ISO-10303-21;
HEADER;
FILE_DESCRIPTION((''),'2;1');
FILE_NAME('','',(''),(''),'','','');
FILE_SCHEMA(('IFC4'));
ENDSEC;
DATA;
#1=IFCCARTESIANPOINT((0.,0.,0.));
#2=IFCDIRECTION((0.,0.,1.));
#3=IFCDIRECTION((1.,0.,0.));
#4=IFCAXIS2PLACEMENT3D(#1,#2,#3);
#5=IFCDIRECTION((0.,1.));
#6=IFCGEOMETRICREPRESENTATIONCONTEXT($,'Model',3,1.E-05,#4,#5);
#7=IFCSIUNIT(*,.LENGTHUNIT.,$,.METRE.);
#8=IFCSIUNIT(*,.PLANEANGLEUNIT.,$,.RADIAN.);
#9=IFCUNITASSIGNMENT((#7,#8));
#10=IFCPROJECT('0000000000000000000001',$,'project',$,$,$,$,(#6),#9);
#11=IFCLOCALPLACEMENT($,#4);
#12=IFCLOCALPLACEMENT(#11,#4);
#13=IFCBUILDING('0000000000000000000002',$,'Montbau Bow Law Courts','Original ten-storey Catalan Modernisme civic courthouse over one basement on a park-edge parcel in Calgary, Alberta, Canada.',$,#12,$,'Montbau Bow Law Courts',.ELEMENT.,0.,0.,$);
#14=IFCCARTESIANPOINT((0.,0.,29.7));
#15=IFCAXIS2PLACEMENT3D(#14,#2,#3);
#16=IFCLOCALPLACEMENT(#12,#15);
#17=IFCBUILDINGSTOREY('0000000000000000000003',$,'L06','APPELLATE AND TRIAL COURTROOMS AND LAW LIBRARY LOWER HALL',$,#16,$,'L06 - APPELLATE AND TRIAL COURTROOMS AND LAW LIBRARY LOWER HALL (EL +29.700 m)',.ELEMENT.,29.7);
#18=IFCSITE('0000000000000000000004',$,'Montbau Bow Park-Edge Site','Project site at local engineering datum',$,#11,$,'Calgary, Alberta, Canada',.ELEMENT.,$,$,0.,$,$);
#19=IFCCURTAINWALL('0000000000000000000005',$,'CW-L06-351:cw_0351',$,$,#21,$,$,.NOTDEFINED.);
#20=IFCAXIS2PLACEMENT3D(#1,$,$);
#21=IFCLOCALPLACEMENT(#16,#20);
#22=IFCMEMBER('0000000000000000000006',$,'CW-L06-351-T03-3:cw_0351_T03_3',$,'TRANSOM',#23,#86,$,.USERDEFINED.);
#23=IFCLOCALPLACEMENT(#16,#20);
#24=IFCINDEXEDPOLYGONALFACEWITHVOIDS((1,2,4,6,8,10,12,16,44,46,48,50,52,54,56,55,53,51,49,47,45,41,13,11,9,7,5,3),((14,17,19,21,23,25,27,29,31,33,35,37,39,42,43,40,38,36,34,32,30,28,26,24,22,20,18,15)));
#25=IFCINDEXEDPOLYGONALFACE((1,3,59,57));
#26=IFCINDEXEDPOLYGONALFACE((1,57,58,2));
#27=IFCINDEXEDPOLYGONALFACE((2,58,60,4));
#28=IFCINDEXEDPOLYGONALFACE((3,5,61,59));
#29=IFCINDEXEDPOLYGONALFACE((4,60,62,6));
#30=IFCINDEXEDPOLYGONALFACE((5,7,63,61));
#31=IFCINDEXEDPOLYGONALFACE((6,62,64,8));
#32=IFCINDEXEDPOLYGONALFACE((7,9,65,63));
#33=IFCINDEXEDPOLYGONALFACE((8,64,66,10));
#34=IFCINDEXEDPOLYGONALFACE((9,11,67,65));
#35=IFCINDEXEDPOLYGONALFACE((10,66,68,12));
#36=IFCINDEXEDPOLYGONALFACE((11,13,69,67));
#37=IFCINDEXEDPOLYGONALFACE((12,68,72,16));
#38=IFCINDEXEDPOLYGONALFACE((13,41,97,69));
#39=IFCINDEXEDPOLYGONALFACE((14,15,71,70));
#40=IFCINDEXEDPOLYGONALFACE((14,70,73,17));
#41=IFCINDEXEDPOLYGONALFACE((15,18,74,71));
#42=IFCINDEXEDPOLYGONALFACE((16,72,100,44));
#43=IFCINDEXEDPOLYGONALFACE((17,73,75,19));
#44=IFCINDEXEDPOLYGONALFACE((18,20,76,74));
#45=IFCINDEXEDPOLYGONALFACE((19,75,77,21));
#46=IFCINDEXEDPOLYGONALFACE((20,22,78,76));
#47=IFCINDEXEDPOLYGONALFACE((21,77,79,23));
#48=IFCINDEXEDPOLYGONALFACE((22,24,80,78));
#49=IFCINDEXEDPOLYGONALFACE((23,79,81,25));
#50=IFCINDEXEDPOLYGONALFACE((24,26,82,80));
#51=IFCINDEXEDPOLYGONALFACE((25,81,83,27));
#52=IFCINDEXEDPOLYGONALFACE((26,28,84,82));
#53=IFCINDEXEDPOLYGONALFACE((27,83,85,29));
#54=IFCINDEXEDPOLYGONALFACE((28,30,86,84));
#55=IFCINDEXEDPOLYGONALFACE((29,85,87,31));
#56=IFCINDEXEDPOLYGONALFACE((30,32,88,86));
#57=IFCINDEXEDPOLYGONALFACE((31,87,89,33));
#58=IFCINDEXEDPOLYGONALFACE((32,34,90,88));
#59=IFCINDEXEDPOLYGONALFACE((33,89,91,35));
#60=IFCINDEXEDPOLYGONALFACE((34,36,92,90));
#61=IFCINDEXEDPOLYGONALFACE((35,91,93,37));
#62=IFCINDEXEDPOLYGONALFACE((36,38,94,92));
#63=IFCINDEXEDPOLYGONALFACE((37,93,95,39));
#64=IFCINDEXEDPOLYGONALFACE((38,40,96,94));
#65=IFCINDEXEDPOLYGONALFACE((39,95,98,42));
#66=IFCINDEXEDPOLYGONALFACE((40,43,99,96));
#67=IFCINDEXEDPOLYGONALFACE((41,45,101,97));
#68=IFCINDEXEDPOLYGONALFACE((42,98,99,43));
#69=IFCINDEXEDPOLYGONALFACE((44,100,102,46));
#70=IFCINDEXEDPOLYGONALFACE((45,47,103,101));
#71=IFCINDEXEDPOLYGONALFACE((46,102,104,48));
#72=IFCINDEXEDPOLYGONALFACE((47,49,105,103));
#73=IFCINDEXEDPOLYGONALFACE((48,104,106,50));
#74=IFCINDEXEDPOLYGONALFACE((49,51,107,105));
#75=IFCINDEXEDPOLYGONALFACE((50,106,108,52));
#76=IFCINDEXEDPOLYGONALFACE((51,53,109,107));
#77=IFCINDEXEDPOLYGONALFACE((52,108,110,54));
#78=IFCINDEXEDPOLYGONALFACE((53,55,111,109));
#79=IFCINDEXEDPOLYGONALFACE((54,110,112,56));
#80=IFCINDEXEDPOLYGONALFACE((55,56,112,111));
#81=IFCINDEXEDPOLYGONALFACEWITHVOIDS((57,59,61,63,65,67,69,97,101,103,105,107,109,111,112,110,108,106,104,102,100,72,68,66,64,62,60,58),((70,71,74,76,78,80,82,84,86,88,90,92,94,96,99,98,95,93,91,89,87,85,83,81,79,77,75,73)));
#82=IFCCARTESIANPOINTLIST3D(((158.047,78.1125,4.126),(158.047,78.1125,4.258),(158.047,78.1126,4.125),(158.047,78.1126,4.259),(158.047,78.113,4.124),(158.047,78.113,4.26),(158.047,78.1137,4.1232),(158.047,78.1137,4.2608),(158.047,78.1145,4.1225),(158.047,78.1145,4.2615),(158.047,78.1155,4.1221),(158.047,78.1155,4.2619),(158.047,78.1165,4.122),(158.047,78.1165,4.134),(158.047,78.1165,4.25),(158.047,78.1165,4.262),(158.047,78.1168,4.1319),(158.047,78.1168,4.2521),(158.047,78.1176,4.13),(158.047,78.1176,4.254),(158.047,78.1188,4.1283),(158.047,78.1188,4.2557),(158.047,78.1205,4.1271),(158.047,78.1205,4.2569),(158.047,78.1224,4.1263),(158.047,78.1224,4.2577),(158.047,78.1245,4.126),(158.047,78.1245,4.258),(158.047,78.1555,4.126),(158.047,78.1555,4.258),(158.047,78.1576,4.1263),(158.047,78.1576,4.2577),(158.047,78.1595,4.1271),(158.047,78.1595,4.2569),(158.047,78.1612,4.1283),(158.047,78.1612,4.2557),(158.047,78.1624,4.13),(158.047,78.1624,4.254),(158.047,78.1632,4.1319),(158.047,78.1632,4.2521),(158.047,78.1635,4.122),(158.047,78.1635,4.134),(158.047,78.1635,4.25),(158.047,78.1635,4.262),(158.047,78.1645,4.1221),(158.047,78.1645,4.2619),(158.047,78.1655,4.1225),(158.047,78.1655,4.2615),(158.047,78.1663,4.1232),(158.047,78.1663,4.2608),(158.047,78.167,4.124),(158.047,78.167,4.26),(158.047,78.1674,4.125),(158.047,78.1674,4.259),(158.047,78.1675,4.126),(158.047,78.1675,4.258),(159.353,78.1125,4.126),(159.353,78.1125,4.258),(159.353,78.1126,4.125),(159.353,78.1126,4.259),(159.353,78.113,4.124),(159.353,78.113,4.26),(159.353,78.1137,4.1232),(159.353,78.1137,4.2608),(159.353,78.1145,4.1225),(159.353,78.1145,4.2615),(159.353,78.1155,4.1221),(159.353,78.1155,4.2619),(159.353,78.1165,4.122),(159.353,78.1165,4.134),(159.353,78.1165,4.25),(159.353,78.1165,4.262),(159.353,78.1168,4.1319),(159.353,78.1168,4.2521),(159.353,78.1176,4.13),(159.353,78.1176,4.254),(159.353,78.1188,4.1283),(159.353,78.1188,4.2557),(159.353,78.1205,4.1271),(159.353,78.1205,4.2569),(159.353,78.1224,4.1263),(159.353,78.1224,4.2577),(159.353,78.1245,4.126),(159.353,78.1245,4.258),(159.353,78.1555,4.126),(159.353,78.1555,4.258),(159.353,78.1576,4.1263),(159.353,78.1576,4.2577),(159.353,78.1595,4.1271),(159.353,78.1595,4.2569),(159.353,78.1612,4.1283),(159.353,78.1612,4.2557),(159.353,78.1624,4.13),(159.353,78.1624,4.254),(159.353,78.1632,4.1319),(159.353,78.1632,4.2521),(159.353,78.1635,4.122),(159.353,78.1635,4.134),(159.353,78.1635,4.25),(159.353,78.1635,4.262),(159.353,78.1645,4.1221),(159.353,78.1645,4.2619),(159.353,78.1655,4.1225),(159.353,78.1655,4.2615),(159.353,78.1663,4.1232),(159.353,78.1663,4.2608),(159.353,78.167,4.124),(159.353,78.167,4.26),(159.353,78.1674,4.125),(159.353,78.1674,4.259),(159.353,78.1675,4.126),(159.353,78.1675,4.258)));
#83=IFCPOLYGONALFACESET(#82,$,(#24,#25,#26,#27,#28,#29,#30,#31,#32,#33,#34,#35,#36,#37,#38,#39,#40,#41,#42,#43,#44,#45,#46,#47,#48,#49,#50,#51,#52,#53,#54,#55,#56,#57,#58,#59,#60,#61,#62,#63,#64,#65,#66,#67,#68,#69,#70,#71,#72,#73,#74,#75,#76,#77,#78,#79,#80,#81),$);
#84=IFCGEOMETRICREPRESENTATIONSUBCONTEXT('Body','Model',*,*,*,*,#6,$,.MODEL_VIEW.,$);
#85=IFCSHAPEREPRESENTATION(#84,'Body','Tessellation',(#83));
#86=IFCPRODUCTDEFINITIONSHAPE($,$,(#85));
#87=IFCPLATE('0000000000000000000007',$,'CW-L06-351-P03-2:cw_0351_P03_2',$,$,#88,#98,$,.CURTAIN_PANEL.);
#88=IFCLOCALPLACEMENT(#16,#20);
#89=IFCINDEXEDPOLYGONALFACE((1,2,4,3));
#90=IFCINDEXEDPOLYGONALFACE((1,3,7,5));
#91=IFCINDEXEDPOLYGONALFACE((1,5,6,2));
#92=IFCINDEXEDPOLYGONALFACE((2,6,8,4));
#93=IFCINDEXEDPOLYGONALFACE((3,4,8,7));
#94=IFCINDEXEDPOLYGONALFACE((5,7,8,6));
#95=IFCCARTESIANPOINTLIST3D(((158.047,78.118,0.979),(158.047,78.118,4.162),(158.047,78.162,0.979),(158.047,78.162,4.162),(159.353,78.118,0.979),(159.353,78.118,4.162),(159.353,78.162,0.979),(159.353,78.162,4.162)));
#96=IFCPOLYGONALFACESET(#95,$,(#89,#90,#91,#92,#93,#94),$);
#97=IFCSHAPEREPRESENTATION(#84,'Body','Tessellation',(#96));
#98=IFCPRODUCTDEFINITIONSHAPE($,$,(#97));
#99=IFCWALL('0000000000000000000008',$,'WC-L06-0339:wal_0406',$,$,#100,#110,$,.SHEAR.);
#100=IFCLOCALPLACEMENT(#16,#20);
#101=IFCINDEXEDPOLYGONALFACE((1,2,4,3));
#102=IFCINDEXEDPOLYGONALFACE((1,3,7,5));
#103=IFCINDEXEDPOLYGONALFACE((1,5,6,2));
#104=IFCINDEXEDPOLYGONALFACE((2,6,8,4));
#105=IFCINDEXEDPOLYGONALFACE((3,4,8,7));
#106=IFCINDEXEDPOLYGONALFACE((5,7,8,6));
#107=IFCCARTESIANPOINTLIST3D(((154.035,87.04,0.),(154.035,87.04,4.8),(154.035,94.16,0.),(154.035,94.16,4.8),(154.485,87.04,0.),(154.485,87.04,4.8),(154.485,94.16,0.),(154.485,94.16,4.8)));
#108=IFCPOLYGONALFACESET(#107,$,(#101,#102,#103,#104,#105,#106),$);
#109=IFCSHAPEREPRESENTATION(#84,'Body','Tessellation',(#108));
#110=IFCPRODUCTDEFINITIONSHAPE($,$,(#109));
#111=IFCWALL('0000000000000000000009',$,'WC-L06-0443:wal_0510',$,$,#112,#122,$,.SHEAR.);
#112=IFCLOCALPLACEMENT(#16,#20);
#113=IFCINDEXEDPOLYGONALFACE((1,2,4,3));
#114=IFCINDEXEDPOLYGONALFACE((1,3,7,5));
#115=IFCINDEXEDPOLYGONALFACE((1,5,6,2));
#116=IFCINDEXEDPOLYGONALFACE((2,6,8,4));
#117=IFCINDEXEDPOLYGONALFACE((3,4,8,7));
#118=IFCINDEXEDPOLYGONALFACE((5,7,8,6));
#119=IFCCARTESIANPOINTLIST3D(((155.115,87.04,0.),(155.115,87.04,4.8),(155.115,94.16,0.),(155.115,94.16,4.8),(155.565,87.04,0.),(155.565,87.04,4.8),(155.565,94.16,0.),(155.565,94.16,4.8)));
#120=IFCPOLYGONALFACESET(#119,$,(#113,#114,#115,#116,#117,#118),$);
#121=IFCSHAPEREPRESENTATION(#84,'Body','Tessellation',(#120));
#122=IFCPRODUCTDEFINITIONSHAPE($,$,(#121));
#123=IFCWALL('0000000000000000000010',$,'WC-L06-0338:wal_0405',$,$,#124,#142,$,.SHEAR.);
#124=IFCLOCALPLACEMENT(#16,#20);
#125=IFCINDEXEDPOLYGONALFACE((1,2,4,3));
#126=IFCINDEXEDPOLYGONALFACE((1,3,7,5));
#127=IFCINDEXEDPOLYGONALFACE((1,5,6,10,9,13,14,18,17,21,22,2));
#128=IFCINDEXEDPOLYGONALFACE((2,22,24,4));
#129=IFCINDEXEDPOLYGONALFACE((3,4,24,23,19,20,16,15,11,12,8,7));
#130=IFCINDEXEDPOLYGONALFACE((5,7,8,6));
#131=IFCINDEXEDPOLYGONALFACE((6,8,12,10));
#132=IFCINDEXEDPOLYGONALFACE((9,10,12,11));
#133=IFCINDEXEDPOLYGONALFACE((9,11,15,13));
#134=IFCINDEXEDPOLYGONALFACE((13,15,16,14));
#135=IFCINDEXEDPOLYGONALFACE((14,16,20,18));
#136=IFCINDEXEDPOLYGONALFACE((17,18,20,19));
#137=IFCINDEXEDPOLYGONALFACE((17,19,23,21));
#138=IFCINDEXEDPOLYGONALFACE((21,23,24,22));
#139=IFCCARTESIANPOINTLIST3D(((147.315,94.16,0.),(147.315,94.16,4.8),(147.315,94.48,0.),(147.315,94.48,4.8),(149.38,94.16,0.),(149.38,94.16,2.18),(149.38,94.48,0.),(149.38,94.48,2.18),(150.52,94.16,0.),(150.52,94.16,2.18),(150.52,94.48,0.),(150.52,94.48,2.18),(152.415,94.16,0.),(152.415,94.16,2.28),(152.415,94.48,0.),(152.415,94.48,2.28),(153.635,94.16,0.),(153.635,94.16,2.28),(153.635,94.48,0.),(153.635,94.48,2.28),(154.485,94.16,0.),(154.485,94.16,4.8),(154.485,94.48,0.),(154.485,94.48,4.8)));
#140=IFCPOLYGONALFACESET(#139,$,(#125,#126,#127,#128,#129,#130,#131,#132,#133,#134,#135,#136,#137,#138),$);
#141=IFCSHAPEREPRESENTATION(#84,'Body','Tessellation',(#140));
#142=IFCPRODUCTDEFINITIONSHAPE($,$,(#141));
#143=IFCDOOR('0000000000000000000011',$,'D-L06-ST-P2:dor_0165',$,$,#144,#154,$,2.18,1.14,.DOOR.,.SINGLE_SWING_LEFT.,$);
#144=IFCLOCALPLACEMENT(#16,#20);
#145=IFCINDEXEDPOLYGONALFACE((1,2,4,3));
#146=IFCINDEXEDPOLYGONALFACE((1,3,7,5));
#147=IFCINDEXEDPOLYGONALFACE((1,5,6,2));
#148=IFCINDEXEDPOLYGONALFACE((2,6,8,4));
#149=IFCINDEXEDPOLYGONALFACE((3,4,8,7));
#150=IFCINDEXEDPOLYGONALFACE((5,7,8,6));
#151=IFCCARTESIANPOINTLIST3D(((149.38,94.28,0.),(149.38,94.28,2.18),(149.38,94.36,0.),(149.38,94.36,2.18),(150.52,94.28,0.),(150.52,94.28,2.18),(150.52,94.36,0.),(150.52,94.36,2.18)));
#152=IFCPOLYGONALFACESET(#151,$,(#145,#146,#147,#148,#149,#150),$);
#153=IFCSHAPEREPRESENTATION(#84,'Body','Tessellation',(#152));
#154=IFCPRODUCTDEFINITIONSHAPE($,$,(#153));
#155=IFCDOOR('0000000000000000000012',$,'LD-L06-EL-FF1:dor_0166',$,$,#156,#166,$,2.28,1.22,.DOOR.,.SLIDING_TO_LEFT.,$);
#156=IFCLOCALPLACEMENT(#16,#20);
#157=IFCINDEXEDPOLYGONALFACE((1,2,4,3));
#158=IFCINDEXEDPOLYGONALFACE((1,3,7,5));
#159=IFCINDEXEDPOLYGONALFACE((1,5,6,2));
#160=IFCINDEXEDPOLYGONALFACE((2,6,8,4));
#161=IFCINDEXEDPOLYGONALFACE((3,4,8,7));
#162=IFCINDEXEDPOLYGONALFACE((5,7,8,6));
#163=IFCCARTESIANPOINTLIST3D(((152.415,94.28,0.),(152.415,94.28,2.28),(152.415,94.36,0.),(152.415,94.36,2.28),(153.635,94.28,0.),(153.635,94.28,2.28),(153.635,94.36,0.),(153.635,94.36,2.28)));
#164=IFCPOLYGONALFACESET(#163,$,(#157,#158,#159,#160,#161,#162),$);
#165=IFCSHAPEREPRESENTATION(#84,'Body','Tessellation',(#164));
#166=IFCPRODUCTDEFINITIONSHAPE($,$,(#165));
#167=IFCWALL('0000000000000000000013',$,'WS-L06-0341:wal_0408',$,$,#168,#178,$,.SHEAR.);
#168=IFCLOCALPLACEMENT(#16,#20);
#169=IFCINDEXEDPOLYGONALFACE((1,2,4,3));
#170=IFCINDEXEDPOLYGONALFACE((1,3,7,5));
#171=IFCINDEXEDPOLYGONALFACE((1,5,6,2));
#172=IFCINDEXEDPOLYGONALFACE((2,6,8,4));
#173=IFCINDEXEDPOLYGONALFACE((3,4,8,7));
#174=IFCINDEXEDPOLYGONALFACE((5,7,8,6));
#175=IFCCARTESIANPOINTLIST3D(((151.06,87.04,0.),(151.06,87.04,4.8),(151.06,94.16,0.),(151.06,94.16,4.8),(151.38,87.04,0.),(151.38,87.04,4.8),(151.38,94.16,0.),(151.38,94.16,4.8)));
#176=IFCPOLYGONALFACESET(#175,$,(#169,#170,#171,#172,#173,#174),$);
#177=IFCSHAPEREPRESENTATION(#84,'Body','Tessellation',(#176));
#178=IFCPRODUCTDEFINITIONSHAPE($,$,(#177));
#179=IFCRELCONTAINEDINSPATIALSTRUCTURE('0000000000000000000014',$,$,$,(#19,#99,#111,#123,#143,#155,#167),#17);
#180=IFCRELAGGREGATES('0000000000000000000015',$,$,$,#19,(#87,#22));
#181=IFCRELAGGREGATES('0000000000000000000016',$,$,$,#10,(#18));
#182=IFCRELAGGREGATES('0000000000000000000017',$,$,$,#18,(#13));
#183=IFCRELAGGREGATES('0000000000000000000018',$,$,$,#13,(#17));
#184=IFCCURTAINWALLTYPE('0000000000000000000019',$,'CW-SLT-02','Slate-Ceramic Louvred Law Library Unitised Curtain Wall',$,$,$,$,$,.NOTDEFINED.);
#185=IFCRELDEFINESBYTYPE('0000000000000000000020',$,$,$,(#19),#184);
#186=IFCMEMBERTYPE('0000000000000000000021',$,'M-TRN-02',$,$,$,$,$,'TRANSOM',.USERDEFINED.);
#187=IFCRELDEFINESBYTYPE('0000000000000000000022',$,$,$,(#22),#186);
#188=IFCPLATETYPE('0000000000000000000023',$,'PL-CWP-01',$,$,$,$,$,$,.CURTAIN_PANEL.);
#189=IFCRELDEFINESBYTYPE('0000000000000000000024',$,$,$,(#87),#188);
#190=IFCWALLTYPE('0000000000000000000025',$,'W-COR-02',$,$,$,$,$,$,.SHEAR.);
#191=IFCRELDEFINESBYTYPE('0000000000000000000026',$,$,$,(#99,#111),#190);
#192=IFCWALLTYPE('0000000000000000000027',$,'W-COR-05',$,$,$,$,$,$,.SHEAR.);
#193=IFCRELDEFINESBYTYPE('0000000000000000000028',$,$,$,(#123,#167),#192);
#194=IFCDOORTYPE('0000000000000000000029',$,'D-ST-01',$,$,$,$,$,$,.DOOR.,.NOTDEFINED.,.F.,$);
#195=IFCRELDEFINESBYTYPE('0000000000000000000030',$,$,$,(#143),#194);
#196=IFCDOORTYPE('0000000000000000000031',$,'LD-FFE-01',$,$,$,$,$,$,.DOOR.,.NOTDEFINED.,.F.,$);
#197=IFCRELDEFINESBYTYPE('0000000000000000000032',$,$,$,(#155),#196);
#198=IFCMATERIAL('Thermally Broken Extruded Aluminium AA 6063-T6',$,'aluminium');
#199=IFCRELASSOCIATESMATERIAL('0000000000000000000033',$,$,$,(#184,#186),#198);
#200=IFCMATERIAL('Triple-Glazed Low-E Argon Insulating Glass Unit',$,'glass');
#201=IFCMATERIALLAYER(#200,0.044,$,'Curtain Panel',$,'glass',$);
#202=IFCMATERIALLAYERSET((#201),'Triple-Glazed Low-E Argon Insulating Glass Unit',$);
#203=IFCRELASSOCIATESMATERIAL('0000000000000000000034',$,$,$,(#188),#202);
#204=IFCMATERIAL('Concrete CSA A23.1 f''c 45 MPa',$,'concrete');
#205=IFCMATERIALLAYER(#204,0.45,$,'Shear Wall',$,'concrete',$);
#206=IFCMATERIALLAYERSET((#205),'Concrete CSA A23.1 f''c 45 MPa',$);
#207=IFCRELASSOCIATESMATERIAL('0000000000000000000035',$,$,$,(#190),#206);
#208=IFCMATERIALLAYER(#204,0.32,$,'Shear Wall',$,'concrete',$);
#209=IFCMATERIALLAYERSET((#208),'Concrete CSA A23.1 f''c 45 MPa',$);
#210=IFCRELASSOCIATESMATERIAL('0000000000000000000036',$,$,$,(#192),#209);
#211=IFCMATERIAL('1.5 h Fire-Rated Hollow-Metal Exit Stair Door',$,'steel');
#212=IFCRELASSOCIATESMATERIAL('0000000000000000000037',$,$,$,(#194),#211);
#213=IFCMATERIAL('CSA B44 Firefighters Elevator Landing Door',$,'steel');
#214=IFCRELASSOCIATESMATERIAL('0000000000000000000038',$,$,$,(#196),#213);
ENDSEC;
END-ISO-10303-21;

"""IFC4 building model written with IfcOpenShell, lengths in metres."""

from ifc_helpers import new_model, si_unit, direction, frame, frame_2d, origin_with_axes, origin_2d_with_axis, place, context, subcontext, project, spatial, rectangle, hollow_rectangle, extrude, material, layer, layer_set, material_profile, profile_set, type_object, element, fill, aggregate, save


model = new_model("IFC4")

# Units and contexts
model_context = context("Model", 3, precision=1e-05, world=origin_with_axes(), true_north=direction((0.0, 1.0)))
body_context = subcontext(model_context, "Body", "Model", "MODEL_VIEW")
ifc_project = project(units=[si_unit("LENGTHUNIT", "METRE"), si_unit("PLANEANGLEUNIT", "RADIAN")], contexts=[model_context])

# Site, building, storey
site_placement = place(None, origin_with_axes())
site = spatial("IfcSite", under=ifc_project, at=site_placement, Name="Montbau Bow Park-Edge Site", Description="Project site at local engineering datum", LongName="Calgary, Alberta, Canada", CompositionType="ELEMENT", RefElevation=0.0)
building_placement = place(site_placement, origin_with_axes())
building = spatial("IfcBuilding", under=site, at=building_placement, Name="Montbau Bow Law Courts", Description="Original ten-storey Catalan Modernisme civic courthouse over one basement on a park-edge parcel in Calgary, Alberta, Canada.", LongName="Montbau Bow Law Courts", CompositionType="ELEMENT", ElevationOfRefHeight=0.0, ElevationOfTerrain=0.0)
storey_placement = place(building_placement, frame((0.0, 0.0, 29.7), z_axis=(0.0, 0.0, 1.0), x_axis=(1.0, 0.0, 0.0)))
storey = spatial("IfcBuildingStorey", under=building, at=storey_placement, Name="L06", Description="APPELLATE AND TRIAL COURTROOMS AND LAW LIBRARY LOWER HALL", LongName="L06 - APPELLATE AND TRIAL COURTROOMS AND LAW LIBRARY LOWER HALL (EL +29.700 m)", CompositionType="ELEMENT", Elevation=29.7)

# Curtain wall, member, plate
ifc_material_1 = material(Name="Thermally Broken Extruded Aluminium AA 6063-T6", Category="aluminium")
curtain_wall_type = type_object("IfcCurtainWallType", Name="CW-SLT-02", Description="Slate-Ceramic Louvred Law Library Unitised Curtain Wall", PredefinedType="NOTDEFINED", material=ifc_material_1)
curtain_wall_placement = place(None, frame((155.24, 78.14, 29.7), z_axis=(0.0, 0.0, 1.0), x_axis=(1.0, 0.0, 0.0)))
curtain_wall = element("IfcCurtainWall", 1, at=curtain_wall_placement, inside=storey, type_object=curtain_wall_type, Name="CW-L06-351:cw_0351", PredefinedType="NOTDEFINED")
ifc_material_profile_1 = material_profile(ifc_material_1, hollow_rectangle(XDim=0.055, YDim=0.14, WallThickness=0.004, InnerFilletRadius=0.008, OuterFilletRadius=0.004, at=origin_2d_with_axis()), Name="CWT-140X55", Category="Main", Priority=0)
ifc_profile_set_1 = profile_set([ifc_material_profile_1], Name="Thermally Broken Extruded Aluminium AA 6063-T6")
member_type = type_object("IfcMemberType", Name="M-TRN-02", ElementType="TRANSOM", PredefinedType="USERDEFINED", material=ifc_profile_set_1)
member_1_placement = place(None, frame((158.047, 78.14, 33.892), z_axis=(1.0, 0.0, 0.0), x_axis=(0.0, 1.0, 0.0)))
member_1 = element("IfcMember", 2, at=member_1_placement, type_object=member_type, Name="CW-L06-351-T03-3:cw_0351_T03_3", ObjectType="TRANSOM", PredefinedType="USERDEFINED", context=body_context, shape_type="SweptSolid", body=[
    extrude(hollow_rectangle(XDim=0.055, YDim=0.14, WallThickness=0.004, InnerFilletRadius=0.008, OuterFilletRadius=0.004, at=origin_2d_with_axis()), origin_with_axes(), (0.0, 0.0, 1.0), 1.306),
])
ifc_material_2 = material(Name="Triple-Glazed Low-E Argon Insulating Glass Unit", Category="glass")
ifc_layer_1 = layer(ifc_material_2, 0.044, Name="Curtain Panel", Category="glass")
ifc_layer_set_1 = layer_set([ifc_layer_1], Name="Triple-Glazed Low-E Argon Insulating Glass Unit")
plate_type = type_object("IfcPlateType", Name="PL-CWP-01", PredefinedType="CURTAIN_PANEL", material=ifc_layer_set_1)
plate_placement = place(None, frame((158.047, 78.14, 30.679), z_axis=(0.0, -1.0, 0.0), x_axis=(1.0, 0.0, 0.0)))
plate = element("IfcPlate", 3, at=plate_placement, type_object=plate_type, Name="CW-L06-351-P03-2:cw_0351_P03_2", PredefinedType="CURTAIN_PANEL", context=body_context, shape_type="SweptSolid", body=[
    extrude(rectangle(XDim=1.306, YDim=3.183, at=frame_2d((0.653, 1.5915), x_axis=(1.0, 0.0))), frame((0.0, 0.0, -0.022), z_axis=(0.0, 0.0, 1.0), x_axis=(1.0, 0.0, 0.0)), (0.0, 0.0, 1.0), 0.044),
])
aggregate(curtain_wall, [plate, member_1])

# Walls
ifc_material_3 = material(Name="Concrete CSA A23.1 f'c 45 MPa", Category="concrete")
ifc_layer_2 = layer(ifc_material_3, 0.45, Name="Shear Wall", Category="concrete")
ifc_layer_set_2 = layer_set([ifc_layer_2], Name="Concrete CSA A23.1 f'c 45 MPa")
wall_type_1 = type_object("IfcWallType", Name="W-COR-02", PredefinedType="SHEAR", material=ifc_layer_set_2)
for number, where, z_axis, x_axis, name in (
    (4, (154.26, 87.04, 29.7), (0.0, 0.0, 1.0), (0.0, 1.0, 0.0), "WC-L06-0339:wal_0406"),
    (5, (155.34, 94.16, 29.7), (0.0, 0.0, 1.0), (0.0, -1.0, 0.0), "WC-L06-0443:wal_0510"),
):
    element("IfcWall", number, at=place(None, frame(where, z_axis=z_axis, x_axis=x_axis)), inside=storey, type_object=wall_type_1, Name=name, PredefinedType="SHEAR", context=body_context, shape_type="SweptSolid", body=[
        extrude(rectangle(XDim=7.12, YDim=0.45, at=frame_2d((3.56, 0.0), x_axis=(1.0, 0.0))), origin_with_axes(), (0.0, 0.0, 1.0), 4.8),
    ])

# Wall, openings, doors
ifc_layer_3 = layer(ifc_material_3, 0.32, Name="Shear Wall", Category="concrete")
ifc_layer_set_3 = layer_set([ifc_layer_3], Name="Concrete CSA A23.1 f'c 45 MPa")
wall_type_2 = type_object("IfcWallType", Name="W-COR-05", PredefinedType="SHEAR", material=ifc_layer_set_3)
wall_1_placement = place(None, frame((154.485, 94.32, 29.7), z_axis=(0.0, 0.0, 1.0), x_axis=(-1.0, 0.0, 0.0)))
wall_1 = element("IfcWall", 6, at=wall_1_placement, inside=storey, type_object=wall_type_2, Name="WC-L06-0338:wal_0405", PredefinedType="SHEAR", context=body_context, shape_type="SweptSolid", body=[
    extrude(rectangle(XDim=7.17, YDim=0.32, at=frame_2d((3.585, 0.0), x_axis=(1.0, 0.0))), origin_with_axes(), (0.0, 0.0, 1.0), 4.8),
])
opening_1_placement = place(None, frame((149.95, 94.32, 29.7), z_axis=(0.0, 0.0, 1.0), x_axis=(-1.0, 0.0, 0.0)))
opening_1 = element("IfcOpeningElement", 7, at=opening_1_placement, cuts=wall_1, PredefinedType="OPENING", context=body_context, shape_type="SweptSolid", body=[
    extrude(rectangle(XDim=1.14, YDim=2.18, at=frame_2d((0.0, 1.09), x_axis=(1.0, 0.0))), frame((0.0, 0.17, 0.0), z_axis=(0.0, -1.0, 0.0), x_axis=(1.0, 0.0, 0.0)), (0.0, 0.0, 1.0), 0.34),
])
opening_2_placement = place(None, frame((153.025, 94.32, 29.7), z_axis=(0.0, 0.0, 1.0), x_axis=(-1.0, 0.0, 0.0)))
opening_2 = element("IfcOpeningElement", 8, at=opening_2_placement, cuts=wall_1, PredefinedType="OPENING", context=body_context, shape_type="SweptSolid", body=[
    extrude(rectangle(XDim=1.22, YDim=2.28, at=frame_2d((0.0, 1.14), x_axis=(1.0, 0.0))), frame((0.0, 0.17, 0.0), z_axis=(0.0, -1.0, 0.0), x_axis=(1.0, 0.0, 0.0)), (0.0, 0.0, 1.0), 0.34),
])
ifc_material_4 = material(Name="1.5 h Fire-Rated Hollow-Metal Exit Stair Door", Category="steel")
door_type_1 = type_object("IfcDoorType", Name="D-ST-01", OperationType="NOTDEFINED", ParameterTakesPrecedence=False, PredefinedType="DOOR", material=ifc_material_4)
door_1_placement = place(None, frame((149.95, 94.32, 29.7), z_axis=(0.0, 0.0, 1.0), x_axis=(1.0, 0.0, 0.0)))
door_1 = element("IfcDoor", 9, at=door_1_placement, inside=storey, type_object=door_type_1, Name="D-L06-ST-P2:dor_0165", OperationType="SINGLE_SWING_LEFT", OverallHeight=2.18, OverallWidth=1.14, PredefinedType="DOOR", context=body_context, shape_type="SweptSolid", body=[
    extrude(rectangle(XDim=1.14, YDim=2.18, at=frame_2d((0.0, 1.09), x_axis=(1.0, 0.0))), frame((0.0, 0.04, 0.0), z_axis=(0.0, -1.0, 0.0), x_axis=(1.0, 0.0, 0.0)), (0.0, 0.0, 1.0), 0.08),
])
fill(opening_1, door_1)
ifc_material_5 = material(Name="CSA B44 Firefighters Elevator Landing Door", Category="steel")
door_type_2 = type_object("IfcDoorType", Name="LD-FFE-01", OperationType="NOTDEFINED", ParameterTakesPrecedence=False, PredefinedType="DOOR", material=ifc_material_5)
door_2_placement = place(None, frame((153.025, 94.32, 29.7), z_axis=(0.0, 0.0, 1.0), x_axis=(1.0, 0.0, 0.0)))
door_2 = element("IfcDoor", 10, at=door_2_placement, inside=storey, type_object=door_type_2, Name="LD-L06-EL-FF1:dor_0166", OperationType="SLIDING_TO_LEFT", OverallHeight=2.28, OverallWidth=1.22, PredefinedType="DOOR", context=body_context, shape_type="SweptSolid", body=[
    extrude(rectangle(XDim=1.22, YDim=2.28, at=frame_2d((0.0, 1.14), x_axis=(1.0, 0.0))), frame((0.0, 0.04, 0.0), z_axis=(0.0, -1.0, 0.0), x_axis=(1.0, 0.0, 0.0)), (0.0, 0.0, 1.0), 0.08),
])
fill(opening_2, door_2)

# Wall
wall_2_placement = place(None, frame((151.22, 87.04, 29.7), z_axis=(0.0, 0.0, 1.0), x_axis=(0.0, 1.0, 0.0)))
element("IfcWall", 11, at=wall_2_placement, inside=storey, type_object=wall_type_2, Name="WS-L06-0341:wal_0408", PredefinedType="SHEAR", context=body_context, shape_type="SweptSolid", body=[
    extrude(rectangle(XDim=7.12, YDim=0.32, at=frame_2d((3.56, 0.0), x_axis=(1.0, 0.0))), origin_with_axes(), (0.0, 0.0, 1.0), 4.8),
])

save(model, "model.ifc")
